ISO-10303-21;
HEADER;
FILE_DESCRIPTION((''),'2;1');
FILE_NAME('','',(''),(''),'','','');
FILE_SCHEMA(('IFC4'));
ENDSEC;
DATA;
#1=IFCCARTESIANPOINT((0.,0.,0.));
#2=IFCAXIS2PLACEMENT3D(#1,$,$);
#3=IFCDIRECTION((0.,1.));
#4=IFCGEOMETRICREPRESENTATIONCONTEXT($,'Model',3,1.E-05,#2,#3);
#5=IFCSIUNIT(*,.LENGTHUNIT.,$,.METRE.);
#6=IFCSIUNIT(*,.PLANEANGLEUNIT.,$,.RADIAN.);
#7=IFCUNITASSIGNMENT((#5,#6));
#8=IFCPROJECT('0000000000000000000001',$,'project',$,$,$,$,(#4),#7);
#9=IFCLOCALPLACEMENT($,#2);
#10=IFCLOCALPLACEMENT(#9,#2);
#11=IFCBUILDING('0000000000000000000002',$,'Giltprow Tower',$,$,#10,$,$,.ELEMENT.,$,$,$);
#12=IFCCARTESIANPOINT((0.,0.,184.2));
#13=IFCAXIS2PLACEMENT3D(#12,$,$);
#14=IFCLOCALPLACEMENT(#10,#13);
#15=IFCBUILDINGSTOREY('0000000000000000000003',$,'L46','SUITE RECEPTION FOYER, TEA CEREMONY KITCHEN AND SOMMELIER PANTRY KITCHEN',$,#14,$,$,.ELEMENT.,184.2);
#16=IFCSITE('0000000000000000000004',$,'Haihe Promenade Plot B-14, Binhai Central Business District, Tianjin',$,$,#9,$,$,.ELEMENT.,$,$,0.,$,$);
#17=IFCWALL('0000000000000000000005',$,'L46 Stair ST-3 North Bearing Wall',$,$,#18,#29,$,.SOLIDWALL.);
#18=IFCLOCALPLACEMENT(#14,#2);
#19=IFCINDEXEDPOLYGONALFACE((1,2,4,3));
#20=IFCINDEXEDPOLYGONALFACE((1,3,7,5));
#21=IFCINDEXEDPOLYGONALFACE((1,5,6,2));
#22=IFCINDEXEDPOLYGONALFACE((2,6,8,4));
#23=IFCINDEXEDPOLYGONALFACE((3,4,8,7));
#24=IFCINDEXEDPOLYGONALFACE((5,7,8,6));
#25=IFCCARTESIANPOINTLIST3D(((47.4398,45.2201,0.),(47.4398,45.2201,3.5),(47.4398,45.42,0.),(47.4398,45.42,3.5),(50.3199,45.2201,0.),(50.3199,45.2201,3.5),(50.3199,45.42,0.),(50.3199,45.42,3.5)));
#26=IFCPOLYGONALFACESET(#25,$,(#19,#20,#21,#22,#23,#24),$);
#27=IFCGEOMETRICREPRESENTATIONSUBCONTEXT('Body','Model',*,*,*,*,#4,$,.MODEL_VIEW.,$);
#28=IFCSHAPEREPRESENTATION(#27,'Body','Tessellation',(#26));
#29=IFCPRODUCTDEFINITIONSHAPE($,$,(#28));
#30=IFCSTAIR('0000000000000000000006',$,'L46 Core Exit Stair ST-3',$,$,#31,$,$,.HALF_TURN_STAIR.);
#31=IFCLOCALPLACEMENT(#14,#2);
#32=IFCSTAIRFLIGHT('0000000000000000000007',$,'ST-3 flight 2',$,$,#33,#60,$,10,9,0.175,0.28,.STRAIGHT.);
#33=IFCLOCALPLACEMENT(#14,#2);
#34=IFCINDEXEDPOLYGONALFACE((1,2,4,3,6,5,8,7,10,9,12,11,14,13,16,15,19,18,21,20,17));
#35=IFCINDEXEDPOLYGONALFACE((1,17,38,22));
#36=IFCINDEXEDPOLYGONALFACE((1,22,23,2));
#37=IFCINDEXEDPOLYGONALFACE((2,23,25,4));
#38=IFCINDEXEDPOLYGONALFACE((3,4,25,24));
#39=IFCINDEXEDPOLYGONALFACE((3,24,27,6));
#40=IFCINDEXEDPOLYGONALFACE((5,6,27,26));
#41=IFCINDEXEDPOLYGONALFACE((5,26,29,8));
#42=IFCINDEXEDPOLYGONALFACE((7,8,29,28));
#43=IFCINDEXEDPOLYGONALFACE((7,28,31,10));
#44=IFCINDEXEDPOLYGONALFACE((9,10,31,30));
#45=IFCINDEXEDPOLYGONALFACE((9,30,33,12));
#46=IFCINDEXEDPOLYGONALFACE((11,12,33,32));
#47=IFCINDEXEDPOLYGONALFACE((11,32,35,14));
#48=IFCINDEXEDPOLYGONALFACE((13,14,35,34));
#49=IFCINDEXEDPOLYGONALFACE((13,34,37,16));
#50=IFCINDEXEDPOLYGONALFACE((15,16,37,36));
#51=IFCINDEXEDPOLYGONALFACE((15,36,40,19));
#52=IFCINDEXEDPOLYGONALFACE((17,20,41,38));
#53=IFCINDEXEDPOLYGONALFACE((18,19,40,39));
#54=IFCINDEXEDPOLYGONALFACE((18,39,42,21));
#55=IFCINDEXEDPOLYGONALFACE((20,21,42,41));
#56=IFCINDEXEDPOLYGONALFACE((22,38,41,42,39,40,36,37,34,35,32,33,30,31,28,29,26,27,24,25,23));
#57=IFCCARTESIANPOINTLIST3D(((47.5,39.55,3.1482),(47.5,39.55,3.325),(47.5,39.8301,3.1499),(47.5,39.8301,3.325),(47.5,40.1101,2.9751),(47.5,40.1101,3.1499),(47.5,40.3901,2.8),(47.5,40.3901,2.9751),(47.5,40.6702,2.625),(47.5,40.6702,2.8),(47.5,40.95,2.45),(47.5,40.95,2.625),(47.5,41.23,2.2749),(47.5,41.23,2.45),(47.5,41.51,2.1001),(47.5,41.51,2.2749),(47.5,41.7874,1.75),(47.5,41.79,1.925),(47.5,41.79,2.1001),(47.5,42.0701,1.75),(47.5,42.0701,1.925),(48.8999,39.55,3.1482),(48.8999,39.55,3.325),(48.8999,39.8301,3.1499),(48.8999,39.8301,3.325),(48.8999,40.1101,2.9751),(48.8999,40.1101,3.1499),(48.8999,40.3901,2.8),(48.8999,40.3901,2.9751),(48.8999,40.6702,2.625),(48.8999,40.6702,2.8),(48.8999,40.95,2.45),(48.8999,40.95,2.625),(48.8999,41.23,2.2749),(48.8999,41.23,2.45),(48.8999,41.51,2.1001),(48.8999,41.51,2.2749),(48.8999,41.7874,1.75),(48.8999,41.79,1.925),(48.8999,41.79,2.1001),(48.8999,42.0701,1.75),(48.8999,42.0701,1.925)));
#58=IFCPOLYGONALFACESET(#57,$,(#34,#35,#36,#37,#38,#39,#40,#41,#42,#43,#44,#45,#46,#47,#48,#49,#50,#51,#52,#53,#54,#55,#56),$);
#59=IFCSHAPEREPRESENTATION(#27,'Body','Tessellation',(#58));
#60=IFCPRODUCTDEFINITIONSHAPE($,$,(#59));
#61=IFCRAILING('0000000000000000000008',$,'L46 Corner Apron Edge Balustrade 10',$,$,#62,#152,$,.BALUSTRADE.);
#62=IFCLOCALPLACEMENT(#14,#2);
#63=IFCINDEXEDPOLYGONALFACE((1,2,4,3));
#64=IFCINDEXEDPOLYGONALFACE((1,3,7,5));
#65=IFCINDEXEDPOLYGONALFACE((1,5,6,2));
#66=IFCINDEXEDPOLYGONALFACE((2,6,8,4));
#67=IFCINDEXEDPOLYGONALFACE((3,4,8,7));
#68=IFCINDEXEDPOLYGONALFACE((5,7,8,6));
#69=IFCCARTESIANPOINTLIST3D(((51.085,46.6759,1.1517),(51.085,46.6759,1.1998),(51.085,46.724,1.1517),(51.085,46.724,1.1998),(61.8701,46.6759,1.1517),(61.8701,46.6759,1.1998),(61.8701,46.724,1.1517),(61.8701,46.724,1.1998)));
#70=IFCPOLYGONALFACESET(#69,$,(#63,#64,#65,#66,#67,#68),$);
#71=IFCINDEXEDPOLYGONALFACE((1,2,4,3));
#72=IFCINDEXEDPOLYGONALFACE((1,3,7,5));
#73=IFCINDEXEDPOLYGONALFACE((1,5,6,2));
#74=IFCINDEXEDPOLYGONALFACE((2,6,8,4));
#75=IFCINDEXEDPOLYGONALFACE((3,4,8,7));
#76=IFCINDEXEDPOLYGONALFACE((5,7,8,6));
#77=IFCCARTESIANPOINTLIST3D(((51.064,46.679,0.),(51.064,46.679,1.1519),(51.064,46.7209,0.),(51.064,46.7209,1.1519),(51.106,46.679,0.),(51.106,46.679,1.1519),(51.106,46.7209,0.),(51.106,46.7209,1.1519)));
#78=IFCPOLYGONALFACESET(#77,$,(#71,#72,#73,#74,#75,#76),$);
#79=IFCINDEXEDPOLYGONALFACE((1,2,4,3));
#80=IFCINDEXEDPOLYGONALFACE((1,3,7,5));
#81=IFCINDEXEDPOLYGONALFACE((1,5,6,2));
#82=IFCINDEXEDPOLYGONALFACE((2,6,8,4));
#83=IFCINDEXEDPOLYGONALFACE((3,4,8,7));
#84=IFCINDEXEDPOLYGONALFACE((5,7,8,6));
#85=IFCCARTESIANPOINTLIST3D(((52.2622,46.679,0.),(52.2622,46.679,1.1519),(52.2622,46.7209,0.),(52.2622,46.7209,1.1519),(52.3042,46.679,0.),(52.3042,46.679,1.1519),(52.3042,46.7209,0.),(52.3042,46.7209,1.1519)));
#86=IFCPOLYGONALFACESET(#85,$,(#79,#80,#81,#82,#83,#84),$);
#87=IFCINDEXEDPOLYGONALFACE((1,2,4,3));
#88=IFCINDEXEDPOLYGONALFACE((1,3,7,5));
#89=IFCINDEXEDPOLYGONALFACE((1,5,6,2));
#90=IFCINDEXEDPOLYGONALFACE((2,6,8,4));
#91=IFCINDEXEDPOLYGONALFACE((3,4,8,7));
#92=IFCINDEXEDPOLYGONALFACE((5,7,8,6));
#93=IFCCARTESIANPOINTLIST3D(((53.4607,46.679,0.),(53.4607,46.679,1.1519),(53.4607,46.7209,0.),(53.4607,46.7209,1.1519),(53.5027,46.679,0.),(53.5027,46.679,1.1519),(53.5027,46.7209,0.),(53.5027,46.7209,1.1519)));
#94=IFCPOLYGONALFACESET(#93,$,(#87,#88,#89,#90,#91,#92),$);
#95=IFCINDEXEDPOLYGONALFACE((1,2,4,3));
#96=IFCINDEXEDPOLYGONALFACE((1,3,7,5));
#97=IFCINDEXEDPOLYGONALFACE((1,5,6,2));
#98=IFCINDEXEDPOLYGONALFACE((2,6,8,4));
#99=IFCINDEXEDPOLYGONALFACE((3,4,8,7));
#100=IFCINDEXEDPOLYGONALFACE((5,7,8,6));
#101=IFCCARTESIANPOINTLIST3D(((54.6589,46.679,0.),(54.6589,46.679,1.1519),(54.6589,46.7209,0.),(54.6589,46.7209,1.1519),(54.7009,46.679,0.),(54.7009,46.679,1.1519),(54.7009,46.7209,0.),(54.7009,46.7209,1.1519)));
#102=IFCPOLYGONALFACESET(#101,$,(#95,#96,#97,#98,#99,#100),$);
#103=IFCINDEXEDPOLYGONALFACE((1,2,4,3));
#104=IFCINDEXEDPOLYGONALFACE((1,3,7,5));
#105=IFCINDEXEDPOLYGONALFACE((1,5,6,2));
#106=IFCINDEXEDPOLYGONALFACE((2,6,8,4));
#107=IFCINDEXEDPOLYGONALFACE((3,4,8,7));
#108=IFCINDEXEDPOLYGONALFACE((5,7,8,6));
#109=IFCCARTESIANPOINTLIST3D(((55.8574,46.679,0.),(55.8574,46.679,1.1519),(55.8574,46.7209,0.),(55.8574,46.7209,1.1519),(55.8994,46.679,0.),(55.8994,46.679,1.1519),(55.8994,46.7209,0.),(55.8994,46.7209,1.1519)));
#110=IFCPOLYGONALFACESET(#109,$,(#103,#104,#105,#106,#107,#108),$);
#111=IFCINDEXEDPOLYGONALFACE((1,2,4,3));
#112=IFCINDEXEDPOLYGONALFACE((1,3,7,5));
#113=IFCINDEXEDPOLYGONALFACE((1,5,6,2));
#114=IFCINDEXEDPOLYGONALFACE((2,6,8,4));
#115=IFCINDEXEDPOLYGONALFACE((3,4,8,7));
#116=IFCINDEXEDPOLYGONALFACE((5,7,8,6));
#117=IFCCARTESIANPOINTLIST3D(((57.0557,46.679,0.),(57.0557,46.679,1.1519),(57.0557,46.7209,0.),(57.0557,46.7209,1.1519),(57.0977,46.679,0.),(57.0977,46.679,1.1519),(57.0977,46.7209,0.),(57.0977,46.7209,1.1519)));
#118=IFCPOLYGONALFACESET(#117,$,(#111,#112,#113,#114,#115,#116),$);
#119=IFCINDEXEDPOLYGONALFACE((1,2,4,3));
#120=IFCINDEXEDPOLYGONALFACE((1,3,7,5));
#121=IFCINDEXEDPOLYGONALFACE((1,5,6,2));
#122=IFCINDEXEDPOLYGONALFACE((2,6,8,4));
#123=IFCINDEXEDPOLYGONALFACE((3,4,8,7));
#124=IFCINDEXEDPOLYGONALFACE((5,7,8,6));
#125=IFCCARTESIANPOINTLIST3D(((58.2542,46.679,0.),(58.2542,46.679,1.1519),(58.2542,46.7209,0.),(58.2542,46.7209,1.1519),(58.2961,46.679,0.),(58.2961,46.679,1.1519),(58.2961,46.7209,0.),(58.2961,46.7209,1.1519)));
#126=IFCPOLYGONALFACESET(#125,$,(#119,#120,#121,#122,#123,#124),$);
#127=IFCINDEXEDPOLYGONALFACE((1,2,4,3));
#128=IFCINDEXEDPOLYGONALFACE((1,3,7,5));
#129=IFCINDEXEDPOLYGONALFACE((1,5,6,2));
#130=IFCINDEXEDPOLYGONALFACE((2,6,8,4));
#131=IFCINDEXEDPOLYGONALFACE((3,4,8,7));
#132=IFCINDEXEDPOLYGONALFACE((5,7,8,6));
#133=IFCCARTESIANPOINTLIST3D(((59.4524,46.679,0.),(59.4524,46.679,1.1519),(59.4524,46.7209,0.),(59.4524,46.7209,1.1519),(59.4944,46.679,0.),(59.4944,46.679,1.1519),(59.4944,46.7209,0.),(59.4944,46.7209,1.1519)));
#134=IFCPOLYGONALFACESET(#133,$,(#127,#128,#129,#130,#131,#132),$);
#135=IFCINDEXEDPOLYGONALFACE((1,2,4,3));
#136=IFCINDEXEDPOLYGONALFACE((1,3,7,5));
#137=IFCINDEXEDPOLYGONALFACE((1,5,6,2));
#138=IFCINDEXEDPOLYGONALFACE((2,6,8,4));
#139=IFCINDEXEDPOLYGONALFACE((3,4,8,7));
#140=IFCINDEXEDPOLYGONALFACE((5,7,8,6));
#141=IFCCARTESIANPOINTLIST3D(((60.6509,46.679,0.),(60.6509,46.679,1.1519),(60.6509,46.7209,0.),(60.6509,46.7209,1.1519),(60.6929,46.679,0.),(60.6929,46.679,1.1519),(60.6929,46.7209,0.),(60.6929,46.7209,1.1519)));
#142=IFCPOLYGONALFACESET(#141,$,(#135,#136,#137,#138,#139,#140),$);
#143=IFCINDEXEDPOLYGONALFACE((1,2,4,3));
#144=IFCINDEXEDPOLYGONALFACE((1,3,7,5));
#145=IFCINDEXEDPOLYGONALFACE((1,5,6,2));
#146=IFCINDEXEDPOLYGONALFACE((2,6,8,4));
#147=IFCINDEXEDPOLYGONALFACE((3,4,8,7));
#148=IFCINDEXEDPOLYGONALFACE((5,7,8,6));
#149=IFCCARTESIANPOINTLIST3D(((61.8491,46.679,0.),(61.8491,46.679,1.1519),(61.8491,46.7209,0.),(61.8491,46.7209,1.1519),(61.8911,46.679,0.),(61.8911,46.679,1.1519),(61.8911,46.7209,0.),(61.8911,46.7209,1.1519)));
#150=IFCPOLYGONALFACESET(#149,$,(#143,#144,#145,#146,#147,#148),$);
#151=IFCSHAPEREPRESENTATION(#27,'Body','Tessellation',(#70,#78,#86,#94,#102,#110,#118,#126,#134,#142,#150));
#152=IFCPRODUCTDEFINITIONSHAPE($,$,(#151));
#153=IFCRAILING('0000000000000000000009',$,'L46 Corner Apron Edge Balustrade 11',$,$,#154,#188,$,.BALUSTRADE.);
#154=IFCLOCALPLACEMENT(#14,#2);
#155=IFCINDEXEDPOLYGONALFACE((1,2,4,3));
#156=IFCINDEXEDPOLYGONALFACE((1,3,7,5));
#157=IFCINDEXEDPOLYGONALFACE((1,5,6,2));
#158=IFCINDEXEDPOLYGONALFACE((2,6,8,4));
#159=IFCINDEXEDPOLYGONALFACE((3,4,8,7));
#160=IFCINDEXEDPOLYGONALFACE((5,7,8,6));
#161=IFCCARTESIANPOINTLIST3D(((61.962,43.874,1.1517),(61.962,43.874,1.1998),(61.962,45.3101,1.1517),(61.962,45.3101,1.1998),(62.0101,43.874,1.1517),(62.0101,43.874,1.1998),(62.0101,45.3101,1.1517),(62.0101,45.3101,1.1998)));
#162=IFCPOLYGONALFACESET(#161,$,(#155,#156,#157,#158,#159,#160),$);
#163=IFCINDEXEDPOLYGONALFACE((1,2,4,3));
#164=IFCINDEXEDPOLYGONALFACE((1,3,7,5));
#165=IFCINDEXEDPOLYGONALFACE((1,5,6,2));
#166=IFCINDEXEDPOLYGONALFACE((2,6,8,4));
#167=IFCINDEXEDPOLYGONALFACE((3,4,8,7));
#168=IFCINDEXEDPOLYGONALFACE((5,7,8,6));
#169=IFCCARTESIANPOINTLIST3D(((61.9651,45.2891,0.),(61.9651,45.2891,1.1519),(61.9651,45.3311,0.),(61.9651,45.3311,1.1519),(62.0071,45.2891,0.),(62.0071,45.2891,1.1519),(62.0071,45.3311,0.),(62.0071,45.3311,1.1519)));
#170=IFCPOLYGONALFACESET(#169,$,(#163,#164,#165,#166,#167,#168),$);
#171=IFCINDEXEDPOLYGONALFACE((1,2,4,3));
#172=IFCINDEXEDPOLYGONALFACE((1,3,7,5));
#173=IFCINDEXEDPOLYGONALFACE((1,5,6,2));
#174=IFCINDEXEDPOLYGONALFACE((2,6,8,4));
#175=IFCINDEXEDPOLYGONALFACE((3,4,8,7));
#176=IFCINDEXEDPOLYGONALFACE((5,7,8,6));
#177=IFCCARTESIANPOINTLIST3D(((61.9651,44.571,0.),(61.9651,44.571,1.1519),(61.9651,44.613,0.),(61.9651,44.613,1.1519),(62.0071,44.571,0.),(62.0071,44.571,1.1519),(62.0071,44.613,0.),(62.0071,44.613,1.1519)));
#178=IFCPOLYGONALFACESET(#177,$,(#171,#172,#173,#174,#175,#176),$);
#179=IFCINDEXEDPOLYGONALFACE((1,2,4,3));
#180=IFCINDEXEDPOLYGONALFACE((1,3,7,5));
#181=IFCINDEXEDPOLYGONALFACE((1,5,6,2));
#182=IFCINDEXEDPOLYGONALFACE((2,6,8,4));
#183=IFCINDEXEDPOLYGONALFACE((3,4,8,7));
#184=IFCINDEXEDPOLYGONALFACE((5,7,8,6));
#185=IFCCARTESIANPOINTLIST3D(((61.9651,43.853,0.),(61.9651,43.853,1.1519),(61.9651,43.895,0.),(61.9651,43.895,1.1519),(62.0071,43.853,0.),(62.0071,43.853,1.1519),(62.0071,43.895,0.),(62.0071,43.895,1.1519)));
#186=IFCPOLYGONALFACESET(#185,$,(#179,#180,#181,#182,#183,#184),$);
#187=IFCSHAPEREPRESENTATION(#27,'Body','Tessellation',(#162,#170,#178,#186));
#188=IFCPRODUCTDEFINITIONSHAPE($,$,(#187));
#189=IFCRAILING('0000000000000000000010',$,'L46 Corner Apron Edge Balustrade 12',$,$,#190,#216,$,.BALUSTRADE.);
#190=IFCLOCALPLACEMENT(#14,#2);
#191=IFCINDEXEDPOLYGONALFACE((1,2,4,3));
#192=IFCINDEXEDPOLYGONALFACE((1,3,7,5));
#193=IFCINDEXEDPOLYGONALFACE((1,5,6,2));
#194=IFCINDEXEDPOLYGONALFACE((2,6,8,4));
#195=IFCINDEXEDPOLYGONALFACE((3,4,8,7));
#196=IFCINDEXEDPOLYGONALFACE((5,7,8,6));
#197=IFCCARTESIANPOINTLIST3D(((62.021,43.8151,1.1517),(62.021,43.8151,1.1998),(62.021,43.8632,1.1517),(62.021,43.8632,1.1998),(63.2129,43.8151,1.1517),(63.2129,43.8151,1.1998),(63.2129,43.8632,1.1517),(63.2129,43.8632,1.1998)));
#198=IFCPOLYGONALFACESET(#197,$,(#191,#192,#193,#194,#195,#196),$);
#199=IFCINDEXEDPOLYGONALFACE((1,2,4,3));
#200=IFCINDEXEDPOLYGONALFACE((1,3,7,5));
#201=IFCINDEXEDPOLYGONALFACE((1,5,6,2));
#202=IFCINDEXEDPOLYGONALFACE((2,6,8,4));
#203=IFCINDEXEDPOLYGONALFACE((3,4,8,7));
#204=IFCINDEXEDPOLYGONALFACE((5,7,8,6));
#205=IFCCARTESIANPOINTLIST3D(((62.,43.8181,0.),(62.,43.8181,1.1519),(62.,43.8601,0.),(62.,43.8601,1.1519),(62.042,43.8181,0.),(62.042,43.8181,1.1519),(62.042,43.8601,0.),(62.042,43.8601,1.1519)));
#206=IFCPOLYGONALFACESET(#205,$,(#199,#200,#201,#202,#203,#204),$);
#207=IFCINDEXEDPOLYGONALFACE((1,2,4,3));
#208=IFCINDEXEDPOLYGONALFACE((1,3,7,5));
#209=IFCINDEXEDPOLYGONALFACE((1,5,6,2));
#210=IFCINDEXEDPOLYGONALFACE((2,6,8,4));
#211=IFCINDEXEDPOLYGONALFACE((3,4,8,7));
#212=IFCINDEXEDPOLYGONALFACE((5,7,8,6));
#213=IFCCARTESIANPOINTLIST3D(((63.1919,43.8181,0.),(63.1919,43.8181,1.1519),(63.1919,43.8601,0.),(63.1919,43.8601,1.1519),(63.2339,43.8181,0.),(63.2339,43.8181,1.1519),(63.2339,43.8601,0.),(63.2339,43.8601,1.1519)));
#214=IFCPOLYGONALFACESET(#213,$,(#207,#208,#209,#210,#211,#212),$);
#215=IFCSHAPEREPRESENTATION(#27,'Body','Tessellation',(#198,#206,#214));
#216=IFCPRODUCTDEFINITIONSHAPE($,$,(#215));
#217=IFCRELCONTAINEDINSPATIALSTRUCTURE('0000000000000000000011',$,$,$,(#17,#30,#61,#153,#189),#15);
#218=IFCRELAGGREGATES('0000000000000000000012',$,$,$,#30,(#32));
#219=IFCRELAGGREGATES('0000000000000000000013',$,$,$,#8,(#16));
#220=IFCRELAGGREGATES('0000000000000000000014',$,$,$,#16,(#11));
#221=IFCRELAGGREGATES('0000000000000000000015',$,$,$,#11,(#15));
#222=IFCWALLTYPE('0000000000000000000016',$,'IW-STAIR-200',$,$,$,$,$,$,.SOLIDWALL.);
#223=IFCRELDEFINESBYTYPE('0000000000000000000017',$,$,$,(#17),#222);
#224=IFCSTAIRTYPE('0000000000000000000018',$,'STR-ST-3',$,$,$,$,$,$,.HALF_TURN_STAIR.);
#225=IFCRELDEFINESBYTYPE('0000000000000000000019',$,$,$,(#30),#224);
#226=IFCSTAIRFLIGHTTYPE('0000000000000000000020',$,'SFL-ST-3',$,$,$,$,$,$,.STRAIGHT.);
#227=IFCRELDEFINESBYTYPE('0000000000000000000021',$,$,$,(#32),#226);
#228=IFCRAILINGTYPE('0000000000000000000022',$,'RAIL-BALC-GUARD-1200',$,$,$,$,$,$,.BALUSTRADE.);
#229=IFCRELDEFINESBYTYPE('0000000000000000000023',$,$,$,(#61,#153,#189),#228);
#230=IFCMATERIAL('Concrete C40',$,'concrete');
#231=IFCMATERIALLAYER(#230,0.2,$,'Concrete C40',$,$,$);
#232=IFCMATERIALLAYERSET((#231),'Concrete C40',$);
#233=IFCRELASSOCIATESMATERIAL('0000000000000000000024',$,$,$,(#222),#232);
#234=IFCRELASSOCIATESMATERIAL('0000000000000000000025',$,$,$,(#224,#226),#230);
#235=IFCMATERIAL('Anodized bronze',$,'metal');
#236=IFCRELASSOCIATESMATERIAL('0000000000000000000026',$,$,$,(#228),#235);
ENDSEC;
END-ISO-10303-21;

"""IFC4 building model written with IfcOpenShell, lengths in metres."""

from ifc_helpers import new_model, si_unit, direction, frame, frame_2d, origin, origin_2d, place, context, subcontext, project, spatial, polyline, rectangle, outline, extrude, material, layer, layer_set, type_object, element, aggregate, save


model = new_model("IFC4")

# Units and contexts
model_context = context("Model", 3, precision=1e-05, world=origin(), true_north=direction((0.0, 1.0)))
body_context = subcontext(model_context, "Body", "Model", "MODEL_VIEW")
ifc_project = project(units=[si_unit("LENGTHUNIT", "METRE"), si_unit("PLANEANGLEUNIT", "RADIAN")], contexts=[model_context])

# Site, building, storey
site_placement = place(None, origin())
site = spatial("IfcSite", under=ifc_project, at=site_placement, Name="Haihe Promenade Plot B-14, Binhai Central Business District, Tianjin", CompositionType="ELEMENT", RefElevation=0.0)
building_placement = place(site_placement, origin())
building = spatial("IfcBuilding", under=site, at=building_placement, Name="Giltprow Tower", CompositionType="ELEMENT")
storey_placement = place(building_placement, frame((0.0, 0.0, 184.2)))
storey = spatial("IfcBuildingStorey", under=building, at=storey_placement, Name="L46", Description="SUITE RECEPTION FOYER, TEA CEREMONY KITCHEN AND SOMMELIER PANTRY KITCHEN", CompositionType="ELEMENT", Elevation=184.2)

# Wall
ifc_material_1 = material(Name="Concrete C40", Category="concrete")
ifc_layer_1 = layer(ifc_material_1, 0.2, Name="Concrete C40")
ifc_layer_set_1 = layer_set([ifc_layer_1], Name="Concrete C40")
wall_type_1 = type_object("IfcWallType", Name="IW-STAIR-200", PredefinedType="SOLIDWALL", material=ifc_layer_set_1)
wall_1_placement = place(storey_placement, frame((47.4399, 45.3201, 0.0), z_axis=(0.0, 0.0, 1.0), x_axis=(1.0, 0.0, 0.0)))
element("IfcWall", 1, at=wall_1_placement, inside=storey, type_object=wall_type_1, Name="L46 Stair ST-3 North Bearing Wall", PredefinedType="SOLIDWALL", context=body_context, shape_type="SweptSolid", body=[
    extrude(rectangle(XDim=2.8801, YDim=0.2, at=frame_2d((1.4399, 0.0))), origin(), (0.0, 0.0, 1.0), 3.5),
])

# Stair, stair flight
stair_type = type_object("IfcStairType", Name="STR-ST-3", PredefinedType="HALF_TURN_STAIR", material=ifc_material_1)
stair_placement = place(storey_placement, origin())
stair = element("IfcStair", 2, at=stair_placement, inside=storey, type_object=stair_type, Name="L46 Core Exit Stair ST-3", PredefinedType="HALF_TURN_STAIR")
stair_flight_type = type_object("IfcStairFlightType", Name="SFL-ST-3", PredefinedType="STRAIGHT", material=ifc_material_1)
stair_flight_placement = place(storey_placement, frame((48.2, 42.0701, 1.75), z_axis=(0.0, 0.0, 1.0), x_axis=(0.0, -1.0, 0.0)))
stair_flight = element("IfcStairFlight", 3, at=stair_flight_placement, type_object=stair_flight_type, Name="ST-3 flight 2", NumberOfRisers=10, NumberOfTreads=9, PredefinedType="STRAIGHT", RiserHeight=0.175, TreadLength=0.28, context=body_context, shape_type="SweptSolid", body=[
    extrude(outline(polyline([(0.0, 0.0), (0.0, 0.175), (0.28, 0.175), (0.28, 0.3501), (0.5601, 0.3501), (0.5601, 0.5249), (0.8401, 0.5249), (0.8401, 0.7), (1.1201, 0.7), (1.1201, 0.875), (1.3999, 0.875), (1.3999, 1.05), (1.6799, 1.05), (1.6799, 1.2251), (1.96, 1.2251), (1.96, 1.3999), (2.24, 1.3999), (2.24, 1.575), (2.52, 1.575), (2.52, 1.75), (2.52, 1.3982), (0.2827, 0.0), (0.0, 0.0)])), frame((0.0, 0.7, 0.0), z_axis=(0.0, -1.0, 0.0), x_axis=(1.0, 0.0, 0.0)), (0.0, 0.0, 1.0), 1.3999),
])
aggregate(stair, [stair_flight])

# Railings
ifc_material_2 = material(Name="Anodized bronze", Category="metal")
railing_type_1 = type_object("IfcRailingType", Name="RAIL-BALC-GUARD-1200", PredefinedType="BALUSTRADE", material=ifc_material_2)
railing_1_placement = place(storey_placement, frame((51.085, 46.7, 0.0)))
element("IfcRailing", 4, at=railing_1_placement, inside=storey, type_object=railing_type_1, Name="L46 Corner Apron Edge Balustrade 10", PredefinedType="BALUSTRADE", context=body_context, shape_type="SweptSolid", body=[
    extrude(rectangle(XDim=0.0481, YDim=0.0481, at=origin_2d()), frame((0.0, 0.0, 1.1758), z_axis=(1.0, 0.0, 0.0), x_axis=(0.0, 1.0, 0.0)), (0.0, 0.0, 1.0), 10.7852),
    extrude(rectangle(XDim=0.042, YDim=0.042, at=origin_2d()), origin(), (0.0, 0.0, 1.0), 1.1519),
    extrude(rectangle(XDim=0.042, YDim=0.042, at=origin_2d()), frame((1.1982, 0.0, 0.0)), (0.0, 0.0, 1.0), 1.1519),
    extrude(rectangle(XDim=0.042, YDim=0.042, at=origin_2d()), frame((2.3967, 0.0, 0.0)), (0.0, 0.0, 1.0), 1.1519),
    extrude(rectangle(XDim=0.042, YDim=0.042, at=origin_2d()), frame((3.595, 0.0, 0.0)), (0.0, 0.0, 1.0), 1.1519),
    extrude(rectangle(XDim=0.042, YDim=0.042, at=origin_2d()), frame((4.7935, 0.0, 0.0)), (0.0, 0.0, 1.0), 1.1519),
    extrude(rectangle(XDim=0.042, YDim=0.042, at=origin_2d()), frame((5.9917, 0.0, 0.0)), (0.0, 0.0, 1.0), 1.1519),
    extrude(rectangle(XDim=0.042, YDim=0.042, at=origin_2d()), frame((7.1902, 0.0, 0.0)), (0.0, 0.0, 1.0), 1.1519),
    extrude(rectangle(XDim=0.042, YDim=0.042, at=origin_2d()), frame((8.3884, 0.0, 0.0)), (0.0, 0.0, 1.0), 1.1519),
    extrude(rectangle(XDim=0.042, YDim=0.042, at=origin_2d()), frame((9.5869, 0.0, 0.0)), (0.0, 0.0, 1.0), 1.1519),
    extrude(rectangle(XDim=0.042, YDim=0.042, at=origin_2d()), frame((10.7852, 0.0, 0.0)), (0.0, 0.0, 1.0), 1.1519),
])
railing_2_placement = place(storey_placement, frame((61.9861, 45.3101, 0.0)))
element("IfcRailing", 5, at=railing_2_placement, inside=storey, type_object=railing_type_1, Name="L46 Corner Apron Edge Balustrade 11", PredefinedType="BALUSTRADE", context=body_context, shape_type="SweptSolid", body=[
    extrude(rectangle(XDim=0.0481, YDim=0.0481, at=origin_2d()), frame((0.0, 0.0, 1.1758), z_axis=(0.0, -1.0, 0.0), x_axis=(1.0, 0.0, 0.0)), (0.0, 0.0, 1.0), 1.436),
    extrude(rectangle(XDim=0.042, YDim=0.042, at=origin_2d()), origin(), (0.0, 0.0, 1.0), 1.1519),
    extrude(rectangle(XDim=0.042, YDim=0.042, at=origin_2d()), frame((0.0, -0.718, 0.0)), (0.0, 0.0, 1.0), 1.1519),
    extrude(rectangle(XDim=0.042, YDim=0.042, at=origin_2d()), frame((0.0, -1.436, 0.0)), (0.0, 0.0, 1.0), 1.1519),
])
railing_3_placement = place(storey_placement, frame((62.021, 43.8391, 0.0)))
element("IfcRailing", 6, at=railing_3_placement, inside=storey, type_object=railing_type_1, Name="L46 Corner Apron Edge Balustrade 12", PredefinedType="BALUSTRADE", context=body_context, shape_type="SweptSolid", body=[
    extrude(rectangle(XDim=0.0481, YDim=0.0481, at=origin_2d()), frame((0.0, 0.0, 1.1758), z_axis=(1.0, 0.0, 0.0), x_axis=(0.0, 1.0, 0.0)), (0.0, 0.0, 1.0), 1.1919),
    extrude(rectangle(XDim=0.042, YDim=0.042, at=origin_2d()), origin(), (0.0, 0.0, 1.0), 1.1519),
    extrude(rectangle(XDim=0.042, YDim=0.042, at=origin_2d()), frame((1.1919, 0.0, 0.0)), (0.0, 0.0, 1.0), 1.1519),
])

save(model, "model.ifc")
